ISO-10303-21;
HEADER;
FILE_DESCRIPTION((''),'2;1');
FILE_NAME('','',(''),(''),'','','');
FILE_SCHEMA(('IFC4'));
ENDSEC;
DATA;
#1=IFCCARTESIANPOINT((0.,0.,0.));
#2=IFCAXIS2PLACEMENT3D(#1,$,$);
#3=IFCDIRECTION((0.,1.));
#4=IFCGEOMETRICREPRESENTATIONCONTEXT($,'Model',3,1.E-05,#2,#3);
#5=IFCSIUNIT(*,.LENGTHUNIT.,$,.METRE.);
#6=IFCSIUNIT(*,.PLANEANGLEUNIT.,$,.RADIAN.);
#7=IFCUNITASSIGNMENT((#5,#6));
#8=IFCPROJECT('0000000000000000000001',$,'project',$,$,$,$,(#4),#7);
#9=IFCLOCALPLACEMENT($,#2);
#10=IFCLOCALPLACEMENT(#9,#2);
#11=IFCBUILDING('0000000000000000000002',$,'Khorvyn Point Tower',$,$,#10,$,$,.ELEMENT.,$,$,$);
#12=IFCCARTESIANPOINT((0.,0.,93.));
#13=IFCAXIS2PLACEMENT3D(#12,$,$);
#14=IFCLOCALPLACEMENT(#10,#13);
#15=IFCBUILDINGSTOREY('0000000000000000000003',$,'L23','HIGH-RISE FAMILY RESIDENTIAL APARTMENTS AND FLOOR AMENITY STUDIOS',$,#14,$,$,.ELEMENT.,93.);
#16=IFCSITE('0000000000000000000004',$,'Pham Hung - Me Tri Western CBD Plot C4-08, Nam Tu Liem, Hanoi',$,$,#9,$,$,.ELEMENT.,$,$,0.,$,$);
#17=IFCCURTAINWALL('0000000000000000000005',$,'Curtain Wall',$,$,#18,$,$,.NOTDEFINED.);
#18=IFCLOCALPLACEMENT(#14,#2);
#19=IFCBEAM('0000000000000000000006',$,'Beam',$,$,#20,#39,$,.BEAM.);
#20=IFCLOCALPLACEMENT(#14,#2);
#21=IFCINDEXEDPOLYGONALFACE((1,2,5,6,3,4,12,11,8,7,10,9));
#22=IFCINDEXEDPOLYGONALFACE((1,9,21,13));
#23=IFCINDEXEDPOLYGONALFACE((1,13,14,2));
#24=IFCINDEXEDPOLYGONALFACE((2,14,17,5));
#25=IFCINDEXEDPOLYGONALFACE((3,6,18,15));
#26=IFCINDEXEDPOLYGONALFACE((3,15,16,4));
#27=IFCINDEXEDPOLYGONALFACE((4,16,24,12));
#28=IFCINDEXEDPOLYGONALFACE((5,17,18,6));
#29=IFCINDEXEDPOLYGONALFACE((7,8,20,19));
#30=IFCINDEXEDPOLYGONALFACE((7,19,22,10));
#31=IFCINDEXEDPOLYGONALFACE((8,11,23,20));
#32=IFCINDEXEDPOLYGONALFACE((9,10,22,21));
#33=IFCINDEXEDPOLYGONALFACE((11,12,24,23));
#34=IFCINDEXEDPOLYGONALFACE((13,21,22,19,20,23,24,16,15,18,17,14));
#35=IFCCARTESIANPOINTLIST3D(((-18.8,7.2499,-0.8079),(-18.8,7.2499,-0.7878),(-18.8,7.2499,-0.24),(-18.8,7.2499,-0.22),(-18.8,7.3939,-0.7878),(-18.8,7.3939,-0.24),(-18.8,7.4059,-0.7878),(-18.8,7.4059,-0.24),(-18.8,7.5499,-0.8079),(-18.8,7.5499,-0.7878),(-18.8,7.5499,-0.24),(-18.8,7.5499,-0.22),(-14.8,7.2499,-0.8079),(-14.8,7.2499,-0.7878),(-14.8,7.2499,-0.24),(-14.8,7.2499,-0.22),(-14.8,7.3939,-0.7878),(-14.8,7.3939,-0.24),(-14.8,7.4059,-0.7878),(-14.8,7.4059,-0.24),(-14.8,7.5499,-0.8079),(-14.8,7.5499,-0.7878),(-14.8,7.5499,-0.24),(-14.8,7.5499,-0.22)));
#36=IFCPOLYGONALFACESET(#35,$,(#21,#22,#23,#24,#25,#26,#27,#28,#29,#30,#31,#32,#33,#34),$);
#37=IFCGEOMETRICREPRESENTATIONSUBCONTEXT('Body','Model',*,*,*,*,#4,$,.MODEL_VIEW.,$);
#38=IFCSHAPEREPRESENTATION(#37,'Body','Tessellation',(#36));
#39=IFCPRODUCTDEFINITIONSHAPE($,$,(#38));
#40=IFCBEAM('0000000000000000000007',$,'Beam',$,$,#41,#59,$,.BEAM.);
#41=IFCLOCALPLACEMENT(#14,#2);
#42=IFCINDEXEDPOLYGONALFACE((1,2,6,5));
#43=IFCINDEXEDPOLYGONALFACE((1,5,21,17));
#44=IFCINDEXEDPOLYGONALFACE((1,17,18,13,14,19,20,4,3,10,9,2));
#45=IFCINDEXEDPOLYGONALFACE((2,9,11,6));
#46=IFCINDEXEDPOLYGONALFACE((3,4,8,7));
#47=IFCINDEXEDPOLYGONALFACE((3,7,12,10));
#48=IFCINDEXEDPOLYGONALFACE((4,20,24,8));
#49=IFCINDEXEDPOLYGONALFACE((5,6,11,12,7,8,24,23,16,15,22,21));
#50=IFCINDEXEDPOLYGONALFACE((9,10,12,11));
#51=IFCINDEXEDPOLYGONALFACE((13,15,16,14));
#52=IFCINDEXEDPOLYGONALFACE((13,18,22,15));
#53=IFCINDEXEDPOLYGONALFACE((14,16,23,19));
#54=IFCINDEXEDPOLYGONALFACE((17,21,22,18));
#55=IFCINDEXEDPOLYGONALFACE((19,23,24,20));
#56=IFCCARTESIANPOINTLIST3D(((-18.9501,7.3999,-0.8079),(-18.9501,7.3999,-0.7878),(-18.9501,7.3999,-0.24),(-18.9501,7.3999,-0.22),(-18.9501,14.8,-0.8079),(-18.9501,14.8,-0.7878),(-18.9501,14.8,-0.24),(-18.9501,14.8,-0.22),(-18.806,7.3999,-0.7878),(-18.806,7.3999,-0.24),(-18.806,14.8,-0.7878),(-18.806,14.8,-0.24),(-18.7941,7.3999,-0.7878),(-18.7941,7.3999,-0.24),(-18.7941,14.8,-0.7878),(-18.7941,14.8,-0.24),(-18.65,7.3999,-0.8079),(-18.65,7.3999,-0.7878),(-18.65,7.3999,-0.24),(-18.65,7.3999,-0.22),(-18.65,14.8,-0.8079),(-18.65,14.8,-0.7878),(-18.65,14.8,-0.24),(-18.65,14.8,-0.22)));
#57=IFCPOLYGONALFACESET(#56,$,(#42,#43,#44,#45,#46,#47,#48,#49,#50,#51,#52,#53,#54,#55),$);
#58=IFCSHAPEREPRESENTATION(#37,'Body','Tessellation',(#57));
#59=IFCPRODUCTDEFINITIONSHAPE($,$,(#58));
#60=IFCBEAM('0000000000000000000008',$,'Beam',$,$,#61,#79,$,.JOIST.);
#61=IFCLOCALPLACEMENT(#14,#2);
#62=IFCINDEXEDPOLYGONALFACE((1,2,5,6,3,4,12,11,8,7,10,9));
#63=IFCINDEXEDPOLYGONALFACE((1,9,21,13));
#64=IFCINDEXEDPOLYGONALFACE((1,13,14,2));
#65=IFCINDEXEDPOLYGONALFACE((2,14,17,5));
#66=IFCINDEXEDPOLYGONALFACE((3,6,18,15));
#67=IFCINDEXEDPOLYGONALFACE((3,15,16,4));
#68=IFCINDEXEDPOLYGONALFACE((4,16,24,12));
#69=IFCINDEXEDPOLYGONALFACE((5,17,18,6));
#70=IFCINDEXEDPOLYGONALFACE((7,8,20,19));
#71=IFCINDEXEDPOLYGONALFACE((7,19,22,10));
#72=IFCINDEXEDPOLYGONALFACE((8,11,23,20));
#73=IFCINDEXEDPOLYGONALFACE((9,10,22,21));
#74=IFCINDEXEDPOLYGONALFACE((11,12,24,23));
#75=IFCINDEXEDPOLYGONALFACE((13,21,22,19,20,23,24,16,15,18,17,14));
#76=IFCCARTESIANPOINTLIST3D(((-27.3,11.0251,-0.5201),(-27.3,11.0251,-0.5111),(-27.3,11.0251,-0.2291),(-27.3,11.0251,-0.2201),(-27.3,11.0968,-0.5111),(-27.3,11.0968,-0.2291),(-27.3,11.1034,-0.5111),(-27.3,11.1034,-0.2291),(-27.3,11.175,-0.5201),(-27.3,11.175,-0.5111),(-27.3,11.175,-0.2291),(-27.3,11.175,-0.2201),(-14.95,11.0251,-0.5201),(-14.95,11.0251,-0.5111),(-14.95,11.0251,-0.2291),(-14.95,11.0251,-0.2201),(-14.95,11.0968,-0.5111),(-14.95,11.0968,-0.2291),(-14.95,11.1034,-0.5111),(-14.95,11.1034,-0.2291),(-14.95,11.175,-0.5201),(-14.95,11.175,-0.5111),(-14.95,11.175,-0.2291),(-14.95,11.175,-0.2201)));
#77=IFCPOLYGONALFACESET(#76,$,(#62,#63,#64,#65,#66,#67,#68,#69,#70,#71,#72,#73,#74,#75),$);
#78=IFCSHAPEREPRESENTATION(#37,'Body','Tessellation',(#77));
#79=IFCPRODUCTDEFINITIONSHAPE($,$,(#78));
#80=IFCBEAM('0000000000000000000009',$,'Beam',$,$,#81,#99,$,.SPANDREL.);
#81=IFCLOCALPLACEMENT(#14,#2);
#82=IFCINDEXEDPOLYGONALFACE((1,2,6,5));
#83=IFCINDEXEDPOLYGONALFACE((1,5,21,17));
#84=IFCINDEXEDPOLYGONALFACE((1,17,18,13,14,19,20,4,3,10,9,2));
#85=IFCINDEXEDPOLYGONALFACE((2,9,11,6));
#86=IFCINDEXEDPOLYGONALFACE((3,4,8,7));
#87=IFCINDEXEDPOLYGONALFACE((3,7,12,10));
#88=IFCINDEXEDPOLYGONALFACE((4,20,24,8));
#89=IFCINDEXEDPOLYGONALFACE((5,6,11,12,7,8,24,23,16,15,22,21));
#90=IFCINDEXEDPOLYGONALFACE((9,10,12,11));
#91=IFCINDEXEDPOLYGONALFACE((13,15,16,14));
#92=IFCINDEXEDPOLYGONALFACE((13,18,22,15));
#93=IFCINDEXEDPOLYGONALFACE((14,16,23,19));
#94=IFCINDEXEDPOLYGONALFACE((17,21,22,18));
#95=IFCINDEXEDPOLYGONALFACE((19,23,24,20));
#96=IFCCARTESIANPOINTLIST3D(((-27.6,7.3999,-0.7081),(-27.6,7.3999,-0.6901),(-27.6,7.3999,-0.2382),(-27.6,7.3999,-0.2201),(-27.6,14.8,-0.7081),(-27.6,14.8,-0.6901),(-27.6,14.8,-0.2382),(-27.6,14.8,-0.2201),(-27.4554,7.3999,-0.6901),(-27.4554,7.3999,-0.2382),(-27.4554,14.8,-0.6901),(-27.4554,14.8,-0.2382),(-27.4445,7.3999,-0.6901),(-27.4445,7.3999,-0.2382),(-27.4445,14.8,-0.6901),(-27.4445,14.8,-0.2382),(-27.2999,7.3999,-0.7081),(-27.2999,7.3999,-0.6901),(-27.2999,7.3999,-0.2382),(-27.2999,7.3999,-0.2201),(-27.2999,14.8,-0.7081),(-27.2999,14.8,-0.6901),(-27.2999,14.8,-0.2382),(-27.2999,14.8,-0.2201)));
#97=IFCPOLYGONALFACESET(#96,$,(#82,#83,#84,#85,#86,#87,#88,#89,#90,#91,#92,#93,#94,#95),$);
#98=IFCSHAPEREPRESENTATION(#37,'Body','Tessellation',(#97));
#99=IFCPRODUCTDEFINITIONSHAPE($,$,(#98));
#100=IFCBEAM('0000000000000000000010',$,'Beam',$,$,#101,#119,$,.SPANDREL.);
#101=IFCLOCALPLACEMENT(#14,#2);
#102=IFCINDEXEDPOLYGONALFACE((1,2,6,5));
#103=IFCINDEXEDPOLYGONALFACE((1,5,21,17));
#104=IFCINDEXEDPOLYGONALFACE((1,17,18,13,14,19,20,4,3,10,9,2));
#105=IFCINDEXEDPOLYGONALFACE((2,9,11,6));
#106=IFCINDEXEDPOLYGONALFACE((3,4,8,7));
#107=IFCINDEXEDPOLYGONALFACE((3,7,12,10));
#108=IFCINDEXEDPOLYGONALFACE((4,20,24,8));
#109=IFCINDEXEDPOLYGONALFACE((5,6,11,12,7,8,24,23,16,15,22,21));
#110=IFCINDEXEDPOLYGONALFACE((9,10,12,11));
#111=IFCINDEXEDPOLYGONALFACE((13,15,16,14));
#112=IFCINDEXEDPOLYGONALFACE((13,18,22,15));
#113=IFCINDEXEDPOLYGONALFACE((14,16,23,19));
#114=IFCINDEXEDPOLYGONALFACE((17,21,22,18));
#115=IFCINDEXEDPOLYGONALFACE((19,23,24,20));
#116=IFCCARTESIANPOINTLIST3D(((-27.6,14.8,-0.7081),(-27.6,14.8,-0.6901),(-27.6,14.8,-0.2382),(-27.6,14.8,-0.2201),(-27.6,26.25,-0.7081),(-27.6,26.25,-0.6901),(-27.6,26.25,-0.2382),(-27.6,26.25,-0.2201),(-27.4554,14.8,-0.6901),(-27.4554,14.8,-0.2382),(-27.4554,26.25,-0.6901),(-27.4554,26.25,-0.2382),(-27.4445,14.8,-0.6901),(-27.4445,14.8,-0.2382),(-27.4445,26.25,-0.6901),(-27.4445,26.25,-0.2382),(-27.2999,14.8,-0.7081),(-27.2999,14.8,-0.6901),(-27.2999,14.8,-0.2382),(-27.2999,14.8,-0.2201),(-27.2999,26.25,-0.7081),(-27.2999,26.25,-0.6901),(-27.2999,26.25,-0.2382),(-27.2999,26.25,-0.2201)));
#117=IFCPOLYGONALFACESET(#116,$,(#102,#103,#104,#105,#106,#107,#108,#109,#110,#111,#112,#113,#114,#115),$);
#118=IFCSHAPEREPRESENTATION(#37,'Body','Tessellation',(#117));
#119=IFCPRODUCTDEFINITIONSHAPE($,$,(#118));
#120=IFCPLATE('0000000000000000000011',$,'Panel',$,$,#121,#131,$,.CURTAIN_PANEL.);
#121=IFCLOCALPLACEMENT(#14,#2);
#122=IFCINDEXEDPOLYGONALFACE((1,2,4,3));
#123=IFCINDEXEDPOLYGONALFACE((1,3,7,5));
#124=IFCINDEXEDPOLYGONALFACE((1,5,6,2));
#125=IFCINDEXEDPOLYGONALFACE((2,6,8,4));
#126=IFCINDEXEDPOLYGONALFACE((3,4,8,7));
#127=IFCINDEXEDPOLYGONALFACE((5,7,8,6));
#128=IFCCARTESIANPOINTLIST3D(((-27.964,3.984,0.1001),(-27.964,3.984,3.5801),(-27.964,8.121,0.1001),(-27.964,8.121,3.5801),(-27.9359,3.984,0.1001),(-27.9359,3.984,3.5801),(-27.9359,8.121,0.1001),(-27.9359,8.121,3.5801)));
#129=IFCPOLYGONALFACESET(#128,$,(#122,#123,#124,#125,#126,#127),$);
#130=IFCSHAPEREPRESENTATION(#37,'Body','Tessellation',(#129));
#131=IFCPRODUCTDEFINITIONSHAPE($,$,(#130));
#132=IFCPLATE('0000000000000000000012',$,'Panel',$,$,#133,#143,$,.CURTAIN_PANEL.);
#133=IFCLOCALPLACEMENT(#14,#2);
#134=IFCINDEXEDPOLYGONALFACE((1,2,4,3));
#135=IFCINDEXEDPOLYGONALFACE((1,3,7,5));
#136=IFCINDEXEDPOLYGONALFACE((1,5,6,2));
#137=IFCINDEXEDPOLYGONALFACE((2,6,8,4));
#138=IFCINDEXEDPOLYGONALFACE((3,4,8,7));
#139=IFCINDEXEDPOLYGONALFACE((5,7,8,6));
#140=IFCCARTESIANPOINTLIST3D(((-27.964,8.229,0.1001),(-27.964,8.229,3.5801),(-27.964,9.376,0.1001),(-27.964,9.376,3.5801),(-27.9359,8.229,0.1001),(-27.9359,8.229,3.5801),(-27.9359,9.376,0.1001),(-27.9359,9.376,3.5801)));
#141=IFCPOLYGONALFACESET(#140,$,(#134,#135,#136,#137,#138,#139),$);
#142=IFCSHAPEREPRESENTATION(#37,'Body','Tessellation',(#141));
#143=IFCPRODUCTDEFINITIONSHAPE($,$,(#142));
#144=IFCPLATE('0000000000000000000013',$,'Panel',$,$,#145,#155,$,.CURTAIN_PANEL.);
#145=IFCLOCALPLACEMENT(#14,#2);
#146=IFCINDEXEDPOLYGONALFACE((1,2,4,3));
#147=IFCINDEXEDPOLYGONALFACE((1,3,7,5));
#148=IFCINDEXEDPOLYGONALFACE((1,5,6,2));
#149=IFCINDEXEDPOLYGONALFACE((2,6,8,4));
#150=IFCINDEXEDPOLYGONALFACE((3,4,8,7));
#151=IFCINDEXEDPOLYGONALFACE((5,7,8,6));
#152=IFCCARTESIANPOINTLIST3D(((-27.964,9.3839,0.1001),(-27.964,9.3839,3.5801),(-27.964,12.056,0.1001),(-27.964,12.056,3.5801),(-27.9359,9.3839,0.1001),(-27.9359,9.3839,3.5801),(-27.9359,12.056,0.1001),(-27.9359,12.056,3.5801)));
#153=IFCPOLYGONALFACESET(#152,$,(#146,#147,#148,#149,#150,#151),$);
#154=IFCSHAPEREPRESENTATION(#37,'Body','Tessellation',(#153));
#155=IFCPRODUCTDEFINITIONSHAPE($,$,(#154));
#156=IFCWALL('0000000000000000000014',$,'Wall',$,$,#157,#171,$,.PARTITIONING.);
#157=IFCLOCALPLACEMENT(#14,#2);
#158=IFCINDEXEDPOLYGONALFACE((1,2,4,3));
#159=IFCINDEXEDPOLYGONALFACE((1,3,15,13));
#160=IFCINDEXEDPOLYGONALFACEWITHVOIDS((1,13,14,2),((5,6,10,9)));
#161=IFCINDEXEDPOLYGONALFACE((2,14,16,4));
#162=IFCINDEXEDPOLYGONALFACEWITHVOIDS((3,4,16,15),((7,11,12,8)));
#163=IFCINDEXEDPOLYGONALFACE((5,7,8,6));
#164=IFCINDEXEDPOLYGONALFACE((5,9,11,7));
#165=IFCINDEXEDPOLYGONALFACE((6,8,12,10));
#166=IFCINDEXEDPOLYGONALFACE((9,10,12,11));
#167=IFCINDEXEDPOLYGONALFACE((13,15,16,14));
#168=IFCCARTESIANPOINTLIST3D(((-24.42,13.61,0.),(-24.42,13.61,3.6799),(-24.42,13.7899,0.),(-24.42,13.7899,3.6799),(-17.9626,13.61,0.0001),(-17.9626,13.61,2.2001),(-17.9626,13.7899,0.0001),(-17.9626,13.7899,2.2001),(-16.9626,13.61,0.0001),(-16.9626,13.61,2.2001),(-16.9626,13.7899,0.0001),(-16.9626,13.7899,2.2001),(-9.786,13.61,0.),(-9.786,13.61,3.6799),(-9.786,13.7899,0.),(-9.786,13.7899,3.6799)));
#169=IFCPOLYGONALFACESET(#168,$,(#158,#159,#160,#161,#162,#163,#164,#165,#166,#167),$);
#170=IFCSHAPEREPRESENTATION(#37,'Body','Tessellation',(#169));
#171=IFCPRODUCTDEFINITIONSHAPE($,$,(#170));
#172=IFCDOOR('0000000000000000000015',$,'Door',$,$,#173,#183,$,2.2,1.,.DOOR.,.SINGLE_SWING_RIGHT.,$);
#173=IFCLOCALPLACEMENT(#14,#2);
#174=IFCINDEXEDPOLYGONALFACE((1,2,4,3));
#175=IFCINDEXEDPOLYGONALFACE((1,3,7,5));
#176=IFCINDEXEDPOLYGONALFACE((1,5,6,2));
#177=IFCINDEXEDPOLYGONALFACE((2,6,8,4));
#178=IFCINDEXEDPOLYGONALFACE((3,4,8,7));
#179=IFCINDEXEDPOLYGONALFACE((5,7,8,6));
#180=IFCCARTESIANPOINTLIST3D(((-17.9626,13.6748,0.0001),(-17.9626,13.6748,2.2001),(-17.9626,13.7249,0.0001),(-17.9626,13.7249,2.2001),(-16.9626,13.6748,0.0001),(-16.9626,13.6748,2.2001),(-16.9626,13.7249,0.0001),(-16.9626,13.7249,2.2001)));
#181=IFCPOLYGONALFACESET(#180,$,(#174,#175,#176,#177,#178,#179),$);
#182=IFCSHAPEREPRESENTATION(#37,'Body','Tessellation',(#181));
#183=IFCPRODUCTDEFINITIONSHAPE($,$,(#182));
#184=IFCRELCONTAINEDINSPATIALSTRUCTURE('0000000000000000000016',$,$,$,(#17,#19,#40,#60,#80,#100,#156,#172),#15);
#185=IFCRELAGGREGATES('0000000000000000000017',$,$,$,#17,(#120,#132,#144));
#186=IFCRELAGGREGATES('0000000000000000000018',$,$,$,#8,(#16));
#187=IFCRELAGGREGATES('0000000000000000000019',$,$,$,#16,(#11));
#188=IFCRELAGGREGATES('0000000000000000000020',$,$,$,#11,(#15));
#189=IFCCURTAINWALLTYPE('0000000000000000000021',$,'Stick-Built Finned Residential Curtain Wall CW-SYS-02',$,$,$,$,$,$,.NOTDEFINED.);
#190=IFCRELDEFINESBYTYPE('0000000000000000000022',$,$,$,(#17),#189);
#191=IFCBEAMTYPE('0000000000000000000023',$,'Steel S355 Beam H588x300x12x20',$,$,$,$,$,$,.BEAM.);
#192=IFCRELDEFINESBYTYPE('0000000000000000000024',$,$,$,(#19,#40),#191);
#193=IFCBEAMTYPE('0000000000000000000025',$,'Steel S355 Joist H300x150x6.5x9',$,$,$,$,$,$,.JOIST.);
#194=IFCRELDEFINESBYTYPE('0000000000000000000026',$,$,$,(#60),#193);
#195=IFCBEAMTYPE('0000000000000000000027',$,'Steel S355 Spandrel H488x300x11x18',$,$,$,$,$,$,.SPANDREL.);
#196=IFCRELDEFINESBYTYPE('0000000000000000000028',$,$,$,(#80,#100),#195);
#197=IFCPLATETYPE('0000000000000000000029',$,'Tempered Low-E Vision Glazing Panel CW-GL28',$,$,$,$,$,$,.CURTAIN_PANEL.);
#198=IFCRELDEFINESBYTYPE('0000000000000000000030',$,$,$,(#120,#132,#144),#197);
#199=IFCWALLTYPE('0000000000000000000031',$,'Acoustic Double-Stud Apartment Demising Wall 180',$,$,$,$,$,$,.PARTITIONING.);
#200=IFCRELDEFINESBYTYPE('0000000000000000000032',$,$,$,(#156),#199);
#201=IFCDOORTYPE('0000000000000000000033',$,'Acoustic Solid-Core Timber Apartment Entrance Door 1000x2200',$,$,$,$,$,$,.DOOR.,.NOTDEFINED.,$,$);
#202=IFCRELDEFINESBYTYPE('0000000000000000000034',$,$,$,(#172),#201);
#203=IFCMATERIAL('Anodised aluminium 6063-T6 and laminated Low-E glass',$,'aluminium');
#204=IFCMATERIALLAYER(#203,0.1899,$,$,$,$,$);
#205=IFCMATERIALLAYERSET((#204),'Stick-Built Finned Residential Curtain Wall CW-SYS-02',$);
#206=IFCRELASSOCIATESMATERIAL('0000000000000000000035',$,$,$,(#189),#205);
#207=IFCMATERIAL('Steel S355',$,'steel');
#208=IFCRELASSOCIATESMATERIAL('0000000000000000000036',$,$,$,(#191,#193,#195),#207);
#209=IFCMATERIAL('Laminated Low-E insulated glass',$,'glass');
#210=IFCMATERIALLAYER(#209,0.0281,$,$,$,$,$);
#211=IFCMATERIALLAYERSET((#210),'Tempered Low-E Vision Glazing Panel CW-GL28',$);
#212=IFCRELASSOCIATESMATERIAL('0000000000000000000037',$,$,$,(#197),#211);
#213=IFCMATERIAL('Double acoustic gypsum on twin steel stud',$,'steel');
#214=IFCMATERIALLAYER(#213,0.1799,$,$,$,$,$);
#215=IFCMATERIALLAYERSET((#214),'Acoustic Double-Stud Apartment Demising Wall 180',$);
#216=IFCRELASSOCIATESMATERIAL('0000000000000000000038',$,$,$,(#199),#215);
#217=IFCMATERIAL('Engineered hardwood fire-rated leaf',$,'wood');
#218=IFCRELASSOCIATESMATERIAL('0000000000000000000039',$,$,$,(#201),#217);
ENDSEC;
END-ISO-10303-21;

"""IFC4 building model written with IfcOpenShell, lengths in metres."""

from ifc_helpers import new_model, si_unit, direction, frame, frame_2d, origin, origin_2d, place, context, subcontext, project, spatial, rectangle, i_section, extrude, material, layer, layer_set, material_profile, profile_set, type_object, element, fill, aggregate, save


model = new_model("IFC4")

# Units and contexts
model_context = context("Model", 3, precision=1e-05, world=origin(), true_north=direction((0.0, 1.0)))
body_context = subcontext(model_context, "Body", "Model", "MODEL_VIEW")
ifc_project = project(units=[si_unit("LENGTHUNIT", "METRE"), si_unit("PLANEANGLEUNIT", "RADIAN")], contexts=[model_context])

# Site, building, storey
site_placement = place(None, origin())
site = spatial("IfcSite", under=ifc_project, at=site_placement, Name="Pham Hung - Me Tri Western CBD Plot C4-08, Nam Tu Liem, Hanoi", CompositionType="ELEMENT", RefElevation=0.0)
building_placement = place(site_placement, origin())
building = spatial("IfcBuilding", under=site, at=building_placement, Name="Khorvyn Point Tower", CompositionType="ELEMENT")
storey_placement = place(building_placement, frame((0.0, 0.0, 93.0)))
storey = spatial("IfcBuildingStorey", under=building, at=storey_placement, Name="L23", Description="HIGH-RISE FAMILY RESIDENTIAL APARTMENTS AND FLOOR AMENITY STUDIOS", CompositionType="ELEMENT", Elevation=93.0)

# Curtain wall
ifc_material_1 = material(Name="Anodised aluminium 6063-T6 and laminated Low-E glass", Category="aluminium")
ifc_layer_1 = layer(ifc_material_1, 0.1899)
ifc_layer_set_1 = layer_set([ifc_layer_1], Name="Stick-Built Finned Residential Curtain Wall CW-SYS-02")
curtain_wall_type = type_object("IfcCurtainWallType", Name="Stick-Built Finned Residential Curtain Wall CW-SYS-02", PredefinedType="NOTDEFINED", material=ifc_layer_set_1)
curtain_wall_placement = place(storey_placement, origin())
curtain_wall = element("IfcCurtainWall", 1, at=curtain_wall_placement, inside=storey, type_object=curtain_wall_type, Name="Curtain Wall", PredefinedType="NOTDEFINED")

# Beams
ifc_material_2 = material(Name="Steel S355", Category="steel")
ifc_material_profile_1 = material_profile(ifc_material_2, i_section(OverallWidth=0.3, OverallDepth=0.5879, WebThickness=0.012, FlangeThickness=0.02, at=origin_2d()))
ifc_profile_set_1 = profile_set([ifc_material_profile_1], Name="Steel S355 H588x300x12x20")
beam_type_1 = type_object("IfcBeamType", Name="Steel S355 Beam H588x300x12x20", PredefinedType="BEAM", material=ifc_profile_set_1)
beam_1_placement = place(storey_placement, frame((-18.8, 7.3999, -0.5139), z_axis=(1.0, 0.0, 0.0), x_axis=(0.0, 1.0, 0.0)))
element("IfcBeam", 2, at=beam_1_placement, inside=storey, type_object=beam_type_1, Name="Beam", PredefinedType="BEAM", context=body_context, shape_type="SweptSolid", body=[
    extrude(i_section(OverallWidth=0.3, OverallDepth=0.5879, WebThickness=0.012, FlangeThickness=0.02, at=origin_2d()), origin(), (0.0, 0.0, 1.0), 4.0),
])
beam_2_placement = place(storey_placement, frame((-18.8, 7.3999, -0.5139), z_axis=(0.0, 1.0, 0.0), x_axis=(-1.0, 0.0, 0.0)))
element("IfcBeam", 3, at=beam_2_placement, inside=storey, type_object=beam_type_1, Name="Beam", PredefinedType="BEAM", context=body_context, shape_type="SweptSolid", body=[
    extrude(i_section(OverallWidth=0.3, OverallDepth=0.5879, WebThickness=0.012, FlangeThickness=0.02, at=origin_2d()), origin(), (0.0, 0.0, 1.0), 7.4001),
])
ifc_material_profile_2 = material_profile(ifc_material_2, i_section(OverallWidth=0.1499, OverallDepth=0.3, WebThickness=0.0066, FlangeThickness=0.009, at=origin_2d()))
ifc_profile_set_2 = profile_set([ifc_material_profile_2], Name="Steel S355 H300x150x6.5x9")
beam_type_2 = type_object("IfcBeamType", Name="Steel S355 Joist H300x150x6.5x9", PredefinedType="JOIST", material=ifc_profile_set_2)
beam_3_placement = place(storey_placement, frame((-27.3, 11.1001, -0.3701), z_axis=(1.0, 0.0, 0.0), x_axis=(0.0, 1.0, 0.0)))
element("IfcBeam", 4, at=beam_3_placement, inside=storey, type_object=beam_type_2, Name="Beam", PredefinedType="JOIST", context=body_context, shape_type="SweptSolid", body=[
    extrude(i_section(OverallWidth=0.1499, OverallDepth=0.3, WebThickness=0.0066, FlangeThickness=0.009, at=origin_2d()), origin(), (0.0, 0.0, 1.0), 12.3501),
])
ifc_material_profile_3 = material_profile(ifc_material_2, i_section(OverallWidth=0.3, OverallDepth=0.488, WebThickness=0.011, FlangeThickness=0.0181, at=origin_2d()))
ifc_profile_set_3 = profile_set([ifc_material_profile_3], Name="Steel S355 H488x300x11x18")
beam_type_3 = type_object("IfcBeamType", Name="Steel S355 Spandrel H488x300x11x18", PredefinedType="SPANDREL", material=ifc_profile_set_3)
beam_4_placement = place(storey_placement, frame((-27.45, 7.3999, -0.4641), z_axis=(0.0, 1.0, 0.0), x_axis=(-1.0, 0.0, 0.0)))
element("IfcBeam", 5, at=beam_4_placement, inside=storey, type_object=beam_type_3, Name="Beam", PredefinedType="SPANDREL", context=body_context, shape_type="SweptSolid", body=[
    extrude(i_section(OverallWidth=0.3, OverallDepth=0.488, WebThickness=0.011, FlangeThickness=0.0181, at=origin_2d()), origin(), (0.0, 0.0, 1.0), 7.4001),
])
beam_5_placement = place(storey_placement, frame((-27.45, 14.8, -0.4641), z_axis=(0.0, 1.0, 0.0), x_axis=(-1.0, 0.0, 0.0)))
element("IfcBeam", 6, at=beam_5_placement, inside=storey, type_object=beam_type_3, Name="Beam", PredefinedType="SPANDREL", context=body_context, shape_type="SweptSolid", body=[
    extrude(i_section(OverallWidth=0.3, OverallDepth=0.488, WebThickness=0.011, FlangeThickness=0.0181, at=origin_2d()), origin(), (0.0, 0.0, 1.0), 11.45),
])

# Plates
ifc_material_3 = material(Name="Laminated Low-E insulated glass", Category="glass")
ifc_layer_2 = layer(ifc_material_3, 0.0281)
ifc_layer_set_2 = layer_set([ifc_layer_2], Name="Tempered Low-E Vision Glazing Panel CW-GL28")
plate_type = type_object("IfcPlateType", Name="Tempered Low-E Vision Glazing Panel CW-GL28", PredefinedType="CURTAIN_PANEL", material=ifc_layer_set_2)
plate_1_placement = place(storey_placement, frame((-27.95, 6.0525, 0.1001), z_axis=(0.0, 0.0, 1.0), x_axis=(0.0, 1.0, 0.0)))
plate_1 = element("IfcPlate", 7, at=plate_1_placement, type_object=plate_type, Name="Panel", PredefinedType="CURTAIN_PANEL", context=body_context, shape_type="SweptSolid", body=[
    extrude(rectangle(XDim=4.137, YDim=0.0281, at=origin_2d()), origin(), (0.0, 0.0, 1.0), 3.48),
])
plate_2_placement = place(storey_placement, frame((-27.95, 8.8025, 0.1001), z_axis=(0.0, 0.0, 1.0), x_axis=(0.0, 1.0, 0.0)))
plate_2 = element("IfcPlate", 8, at=plate_2_placement, type_object=plate_type, Name="Panel", PredefinedType="CURTAIN_PANEL", context=body_context, shape_type="SweptSolid", body=[
    extrude(rectangle(XDim=1.147, YDim=0.0281, at=origin_2d()), origin(), (0.0, 0.0, 1.0), 3.48),
])
plate_3_placement = place(storey_placement, frame((-27.95, 10.72, 0.1001), z_axis=(0.0, 0.0, 1.0), x_axis=(0.0, 1.0, 0.0)))
plate_3 = element("IfcPlate", 9, at=plate_3_placement, type_object=plate_type, Name="Panel", PredefinedType="CURTAIN_PANEL", context=body_context, shape_type="SweptSolid", body=[
    extrude(rectangle(XDim=2.6721, YDim=0.0281, at=origin_2d()), origin(), (0.0, 0.0, 1.0), 3.48),
])
aggregate(curtain_wall, [plate_1, plate_2, plate_3])

# Wall, opening, door
ifc_material_4 = material(Name="Double acoustic gypsum on twin steel stud", Category="steel")
ifc_layer_3 = layer(ifc_material_4, 0.1799)
ifc_layer_set_3 = layer_set([ifc_layer_3], Name="Acoustic Double-Stud Apartment Demising Wall 180")
wall_type_1 = type_object("IfcWallType", Name="Acoustic Double-Stud Apartment Demising Wall 180", PredefinedType="PARTITIONING", material=ifc_layer_set_3)
wall_1_placement = place(storey_placement, frame((-24.4199, 13.7, 0.0), z_axis=(0.0, 0.0, 1.0), x_axis=(1.0, 0.0, 0.0)))
wall_1 = element("IfcWall", 10, at=wall_1_placement, inside=storey, type_object=wall_type_1, Name="Wall", PredefinedType="PARTITIONING", context=body_context, shape_type="SweptSolid", body=[
    extrude(rectangle(XDim=14.634, YDim=0.1799, at=frame_2d((7.3169, 0.0))), origin(), (0.0, 0.0, 1.0), 3.6799),
])
opening_1_placement = place(wall_1_placement, frame((6.4573, 0.0, 0.0)))
opening_1 = element("IfcOpeningElement", 11, at=opening_1_placement, cuts=wall_1, PredefinedType="OPENING", context=body_context, shape_type="SweptSolid", body=[
    extrude(rectangle(XDim=1.0, YDim=2.2, at=frame_2d((0.5, 1.1001))), frame((0.0, 0.0999, 0.0), z_axis=(0.0, -1.0, 0.0), x_axis=(1.0, 0.0, 0.0)), (0.0, 0.0, 1.0), 0.2),
])
ifc_material_5 = material(Name="Engineered hardwood fire-rated leaf", Category="wood")
door_type_1 = type_object("IfcDoorType", Name="Acoustic Solid-Core Timber Apartment Entrance Door 1000x2200", OperationType="NOTDEFINED", PredefinedType="DOOR", material=ifc_material_5)
door_1_placement = place(opening_1_placement, origin())
door_1 = element("IfcDoor", 12, at=door_1_placement, inside=storey, type_object=door_type_1, Name="Door", OperationType="SINGLE_SWING_RIGHT", OverallHeight=2.2, OverallWidth=1.0, PredefinedType="DOOR", context=body_context, shape_type="SweptSolid", body=[
    extrude(rectangle(XDim=1.0, YDim=2.2, at=frame_2d((0.5, 1.1001))), frame((0.0, 0.0249, 0.0), z_axis=(0.0, -1.0, 0.0), x_axis=(1.0, 0.0, 0.0)), (0.0, 0.0, 1.0), 0.05),
])
fill(opening_1, door_1)

save(model, "model.ifc")
